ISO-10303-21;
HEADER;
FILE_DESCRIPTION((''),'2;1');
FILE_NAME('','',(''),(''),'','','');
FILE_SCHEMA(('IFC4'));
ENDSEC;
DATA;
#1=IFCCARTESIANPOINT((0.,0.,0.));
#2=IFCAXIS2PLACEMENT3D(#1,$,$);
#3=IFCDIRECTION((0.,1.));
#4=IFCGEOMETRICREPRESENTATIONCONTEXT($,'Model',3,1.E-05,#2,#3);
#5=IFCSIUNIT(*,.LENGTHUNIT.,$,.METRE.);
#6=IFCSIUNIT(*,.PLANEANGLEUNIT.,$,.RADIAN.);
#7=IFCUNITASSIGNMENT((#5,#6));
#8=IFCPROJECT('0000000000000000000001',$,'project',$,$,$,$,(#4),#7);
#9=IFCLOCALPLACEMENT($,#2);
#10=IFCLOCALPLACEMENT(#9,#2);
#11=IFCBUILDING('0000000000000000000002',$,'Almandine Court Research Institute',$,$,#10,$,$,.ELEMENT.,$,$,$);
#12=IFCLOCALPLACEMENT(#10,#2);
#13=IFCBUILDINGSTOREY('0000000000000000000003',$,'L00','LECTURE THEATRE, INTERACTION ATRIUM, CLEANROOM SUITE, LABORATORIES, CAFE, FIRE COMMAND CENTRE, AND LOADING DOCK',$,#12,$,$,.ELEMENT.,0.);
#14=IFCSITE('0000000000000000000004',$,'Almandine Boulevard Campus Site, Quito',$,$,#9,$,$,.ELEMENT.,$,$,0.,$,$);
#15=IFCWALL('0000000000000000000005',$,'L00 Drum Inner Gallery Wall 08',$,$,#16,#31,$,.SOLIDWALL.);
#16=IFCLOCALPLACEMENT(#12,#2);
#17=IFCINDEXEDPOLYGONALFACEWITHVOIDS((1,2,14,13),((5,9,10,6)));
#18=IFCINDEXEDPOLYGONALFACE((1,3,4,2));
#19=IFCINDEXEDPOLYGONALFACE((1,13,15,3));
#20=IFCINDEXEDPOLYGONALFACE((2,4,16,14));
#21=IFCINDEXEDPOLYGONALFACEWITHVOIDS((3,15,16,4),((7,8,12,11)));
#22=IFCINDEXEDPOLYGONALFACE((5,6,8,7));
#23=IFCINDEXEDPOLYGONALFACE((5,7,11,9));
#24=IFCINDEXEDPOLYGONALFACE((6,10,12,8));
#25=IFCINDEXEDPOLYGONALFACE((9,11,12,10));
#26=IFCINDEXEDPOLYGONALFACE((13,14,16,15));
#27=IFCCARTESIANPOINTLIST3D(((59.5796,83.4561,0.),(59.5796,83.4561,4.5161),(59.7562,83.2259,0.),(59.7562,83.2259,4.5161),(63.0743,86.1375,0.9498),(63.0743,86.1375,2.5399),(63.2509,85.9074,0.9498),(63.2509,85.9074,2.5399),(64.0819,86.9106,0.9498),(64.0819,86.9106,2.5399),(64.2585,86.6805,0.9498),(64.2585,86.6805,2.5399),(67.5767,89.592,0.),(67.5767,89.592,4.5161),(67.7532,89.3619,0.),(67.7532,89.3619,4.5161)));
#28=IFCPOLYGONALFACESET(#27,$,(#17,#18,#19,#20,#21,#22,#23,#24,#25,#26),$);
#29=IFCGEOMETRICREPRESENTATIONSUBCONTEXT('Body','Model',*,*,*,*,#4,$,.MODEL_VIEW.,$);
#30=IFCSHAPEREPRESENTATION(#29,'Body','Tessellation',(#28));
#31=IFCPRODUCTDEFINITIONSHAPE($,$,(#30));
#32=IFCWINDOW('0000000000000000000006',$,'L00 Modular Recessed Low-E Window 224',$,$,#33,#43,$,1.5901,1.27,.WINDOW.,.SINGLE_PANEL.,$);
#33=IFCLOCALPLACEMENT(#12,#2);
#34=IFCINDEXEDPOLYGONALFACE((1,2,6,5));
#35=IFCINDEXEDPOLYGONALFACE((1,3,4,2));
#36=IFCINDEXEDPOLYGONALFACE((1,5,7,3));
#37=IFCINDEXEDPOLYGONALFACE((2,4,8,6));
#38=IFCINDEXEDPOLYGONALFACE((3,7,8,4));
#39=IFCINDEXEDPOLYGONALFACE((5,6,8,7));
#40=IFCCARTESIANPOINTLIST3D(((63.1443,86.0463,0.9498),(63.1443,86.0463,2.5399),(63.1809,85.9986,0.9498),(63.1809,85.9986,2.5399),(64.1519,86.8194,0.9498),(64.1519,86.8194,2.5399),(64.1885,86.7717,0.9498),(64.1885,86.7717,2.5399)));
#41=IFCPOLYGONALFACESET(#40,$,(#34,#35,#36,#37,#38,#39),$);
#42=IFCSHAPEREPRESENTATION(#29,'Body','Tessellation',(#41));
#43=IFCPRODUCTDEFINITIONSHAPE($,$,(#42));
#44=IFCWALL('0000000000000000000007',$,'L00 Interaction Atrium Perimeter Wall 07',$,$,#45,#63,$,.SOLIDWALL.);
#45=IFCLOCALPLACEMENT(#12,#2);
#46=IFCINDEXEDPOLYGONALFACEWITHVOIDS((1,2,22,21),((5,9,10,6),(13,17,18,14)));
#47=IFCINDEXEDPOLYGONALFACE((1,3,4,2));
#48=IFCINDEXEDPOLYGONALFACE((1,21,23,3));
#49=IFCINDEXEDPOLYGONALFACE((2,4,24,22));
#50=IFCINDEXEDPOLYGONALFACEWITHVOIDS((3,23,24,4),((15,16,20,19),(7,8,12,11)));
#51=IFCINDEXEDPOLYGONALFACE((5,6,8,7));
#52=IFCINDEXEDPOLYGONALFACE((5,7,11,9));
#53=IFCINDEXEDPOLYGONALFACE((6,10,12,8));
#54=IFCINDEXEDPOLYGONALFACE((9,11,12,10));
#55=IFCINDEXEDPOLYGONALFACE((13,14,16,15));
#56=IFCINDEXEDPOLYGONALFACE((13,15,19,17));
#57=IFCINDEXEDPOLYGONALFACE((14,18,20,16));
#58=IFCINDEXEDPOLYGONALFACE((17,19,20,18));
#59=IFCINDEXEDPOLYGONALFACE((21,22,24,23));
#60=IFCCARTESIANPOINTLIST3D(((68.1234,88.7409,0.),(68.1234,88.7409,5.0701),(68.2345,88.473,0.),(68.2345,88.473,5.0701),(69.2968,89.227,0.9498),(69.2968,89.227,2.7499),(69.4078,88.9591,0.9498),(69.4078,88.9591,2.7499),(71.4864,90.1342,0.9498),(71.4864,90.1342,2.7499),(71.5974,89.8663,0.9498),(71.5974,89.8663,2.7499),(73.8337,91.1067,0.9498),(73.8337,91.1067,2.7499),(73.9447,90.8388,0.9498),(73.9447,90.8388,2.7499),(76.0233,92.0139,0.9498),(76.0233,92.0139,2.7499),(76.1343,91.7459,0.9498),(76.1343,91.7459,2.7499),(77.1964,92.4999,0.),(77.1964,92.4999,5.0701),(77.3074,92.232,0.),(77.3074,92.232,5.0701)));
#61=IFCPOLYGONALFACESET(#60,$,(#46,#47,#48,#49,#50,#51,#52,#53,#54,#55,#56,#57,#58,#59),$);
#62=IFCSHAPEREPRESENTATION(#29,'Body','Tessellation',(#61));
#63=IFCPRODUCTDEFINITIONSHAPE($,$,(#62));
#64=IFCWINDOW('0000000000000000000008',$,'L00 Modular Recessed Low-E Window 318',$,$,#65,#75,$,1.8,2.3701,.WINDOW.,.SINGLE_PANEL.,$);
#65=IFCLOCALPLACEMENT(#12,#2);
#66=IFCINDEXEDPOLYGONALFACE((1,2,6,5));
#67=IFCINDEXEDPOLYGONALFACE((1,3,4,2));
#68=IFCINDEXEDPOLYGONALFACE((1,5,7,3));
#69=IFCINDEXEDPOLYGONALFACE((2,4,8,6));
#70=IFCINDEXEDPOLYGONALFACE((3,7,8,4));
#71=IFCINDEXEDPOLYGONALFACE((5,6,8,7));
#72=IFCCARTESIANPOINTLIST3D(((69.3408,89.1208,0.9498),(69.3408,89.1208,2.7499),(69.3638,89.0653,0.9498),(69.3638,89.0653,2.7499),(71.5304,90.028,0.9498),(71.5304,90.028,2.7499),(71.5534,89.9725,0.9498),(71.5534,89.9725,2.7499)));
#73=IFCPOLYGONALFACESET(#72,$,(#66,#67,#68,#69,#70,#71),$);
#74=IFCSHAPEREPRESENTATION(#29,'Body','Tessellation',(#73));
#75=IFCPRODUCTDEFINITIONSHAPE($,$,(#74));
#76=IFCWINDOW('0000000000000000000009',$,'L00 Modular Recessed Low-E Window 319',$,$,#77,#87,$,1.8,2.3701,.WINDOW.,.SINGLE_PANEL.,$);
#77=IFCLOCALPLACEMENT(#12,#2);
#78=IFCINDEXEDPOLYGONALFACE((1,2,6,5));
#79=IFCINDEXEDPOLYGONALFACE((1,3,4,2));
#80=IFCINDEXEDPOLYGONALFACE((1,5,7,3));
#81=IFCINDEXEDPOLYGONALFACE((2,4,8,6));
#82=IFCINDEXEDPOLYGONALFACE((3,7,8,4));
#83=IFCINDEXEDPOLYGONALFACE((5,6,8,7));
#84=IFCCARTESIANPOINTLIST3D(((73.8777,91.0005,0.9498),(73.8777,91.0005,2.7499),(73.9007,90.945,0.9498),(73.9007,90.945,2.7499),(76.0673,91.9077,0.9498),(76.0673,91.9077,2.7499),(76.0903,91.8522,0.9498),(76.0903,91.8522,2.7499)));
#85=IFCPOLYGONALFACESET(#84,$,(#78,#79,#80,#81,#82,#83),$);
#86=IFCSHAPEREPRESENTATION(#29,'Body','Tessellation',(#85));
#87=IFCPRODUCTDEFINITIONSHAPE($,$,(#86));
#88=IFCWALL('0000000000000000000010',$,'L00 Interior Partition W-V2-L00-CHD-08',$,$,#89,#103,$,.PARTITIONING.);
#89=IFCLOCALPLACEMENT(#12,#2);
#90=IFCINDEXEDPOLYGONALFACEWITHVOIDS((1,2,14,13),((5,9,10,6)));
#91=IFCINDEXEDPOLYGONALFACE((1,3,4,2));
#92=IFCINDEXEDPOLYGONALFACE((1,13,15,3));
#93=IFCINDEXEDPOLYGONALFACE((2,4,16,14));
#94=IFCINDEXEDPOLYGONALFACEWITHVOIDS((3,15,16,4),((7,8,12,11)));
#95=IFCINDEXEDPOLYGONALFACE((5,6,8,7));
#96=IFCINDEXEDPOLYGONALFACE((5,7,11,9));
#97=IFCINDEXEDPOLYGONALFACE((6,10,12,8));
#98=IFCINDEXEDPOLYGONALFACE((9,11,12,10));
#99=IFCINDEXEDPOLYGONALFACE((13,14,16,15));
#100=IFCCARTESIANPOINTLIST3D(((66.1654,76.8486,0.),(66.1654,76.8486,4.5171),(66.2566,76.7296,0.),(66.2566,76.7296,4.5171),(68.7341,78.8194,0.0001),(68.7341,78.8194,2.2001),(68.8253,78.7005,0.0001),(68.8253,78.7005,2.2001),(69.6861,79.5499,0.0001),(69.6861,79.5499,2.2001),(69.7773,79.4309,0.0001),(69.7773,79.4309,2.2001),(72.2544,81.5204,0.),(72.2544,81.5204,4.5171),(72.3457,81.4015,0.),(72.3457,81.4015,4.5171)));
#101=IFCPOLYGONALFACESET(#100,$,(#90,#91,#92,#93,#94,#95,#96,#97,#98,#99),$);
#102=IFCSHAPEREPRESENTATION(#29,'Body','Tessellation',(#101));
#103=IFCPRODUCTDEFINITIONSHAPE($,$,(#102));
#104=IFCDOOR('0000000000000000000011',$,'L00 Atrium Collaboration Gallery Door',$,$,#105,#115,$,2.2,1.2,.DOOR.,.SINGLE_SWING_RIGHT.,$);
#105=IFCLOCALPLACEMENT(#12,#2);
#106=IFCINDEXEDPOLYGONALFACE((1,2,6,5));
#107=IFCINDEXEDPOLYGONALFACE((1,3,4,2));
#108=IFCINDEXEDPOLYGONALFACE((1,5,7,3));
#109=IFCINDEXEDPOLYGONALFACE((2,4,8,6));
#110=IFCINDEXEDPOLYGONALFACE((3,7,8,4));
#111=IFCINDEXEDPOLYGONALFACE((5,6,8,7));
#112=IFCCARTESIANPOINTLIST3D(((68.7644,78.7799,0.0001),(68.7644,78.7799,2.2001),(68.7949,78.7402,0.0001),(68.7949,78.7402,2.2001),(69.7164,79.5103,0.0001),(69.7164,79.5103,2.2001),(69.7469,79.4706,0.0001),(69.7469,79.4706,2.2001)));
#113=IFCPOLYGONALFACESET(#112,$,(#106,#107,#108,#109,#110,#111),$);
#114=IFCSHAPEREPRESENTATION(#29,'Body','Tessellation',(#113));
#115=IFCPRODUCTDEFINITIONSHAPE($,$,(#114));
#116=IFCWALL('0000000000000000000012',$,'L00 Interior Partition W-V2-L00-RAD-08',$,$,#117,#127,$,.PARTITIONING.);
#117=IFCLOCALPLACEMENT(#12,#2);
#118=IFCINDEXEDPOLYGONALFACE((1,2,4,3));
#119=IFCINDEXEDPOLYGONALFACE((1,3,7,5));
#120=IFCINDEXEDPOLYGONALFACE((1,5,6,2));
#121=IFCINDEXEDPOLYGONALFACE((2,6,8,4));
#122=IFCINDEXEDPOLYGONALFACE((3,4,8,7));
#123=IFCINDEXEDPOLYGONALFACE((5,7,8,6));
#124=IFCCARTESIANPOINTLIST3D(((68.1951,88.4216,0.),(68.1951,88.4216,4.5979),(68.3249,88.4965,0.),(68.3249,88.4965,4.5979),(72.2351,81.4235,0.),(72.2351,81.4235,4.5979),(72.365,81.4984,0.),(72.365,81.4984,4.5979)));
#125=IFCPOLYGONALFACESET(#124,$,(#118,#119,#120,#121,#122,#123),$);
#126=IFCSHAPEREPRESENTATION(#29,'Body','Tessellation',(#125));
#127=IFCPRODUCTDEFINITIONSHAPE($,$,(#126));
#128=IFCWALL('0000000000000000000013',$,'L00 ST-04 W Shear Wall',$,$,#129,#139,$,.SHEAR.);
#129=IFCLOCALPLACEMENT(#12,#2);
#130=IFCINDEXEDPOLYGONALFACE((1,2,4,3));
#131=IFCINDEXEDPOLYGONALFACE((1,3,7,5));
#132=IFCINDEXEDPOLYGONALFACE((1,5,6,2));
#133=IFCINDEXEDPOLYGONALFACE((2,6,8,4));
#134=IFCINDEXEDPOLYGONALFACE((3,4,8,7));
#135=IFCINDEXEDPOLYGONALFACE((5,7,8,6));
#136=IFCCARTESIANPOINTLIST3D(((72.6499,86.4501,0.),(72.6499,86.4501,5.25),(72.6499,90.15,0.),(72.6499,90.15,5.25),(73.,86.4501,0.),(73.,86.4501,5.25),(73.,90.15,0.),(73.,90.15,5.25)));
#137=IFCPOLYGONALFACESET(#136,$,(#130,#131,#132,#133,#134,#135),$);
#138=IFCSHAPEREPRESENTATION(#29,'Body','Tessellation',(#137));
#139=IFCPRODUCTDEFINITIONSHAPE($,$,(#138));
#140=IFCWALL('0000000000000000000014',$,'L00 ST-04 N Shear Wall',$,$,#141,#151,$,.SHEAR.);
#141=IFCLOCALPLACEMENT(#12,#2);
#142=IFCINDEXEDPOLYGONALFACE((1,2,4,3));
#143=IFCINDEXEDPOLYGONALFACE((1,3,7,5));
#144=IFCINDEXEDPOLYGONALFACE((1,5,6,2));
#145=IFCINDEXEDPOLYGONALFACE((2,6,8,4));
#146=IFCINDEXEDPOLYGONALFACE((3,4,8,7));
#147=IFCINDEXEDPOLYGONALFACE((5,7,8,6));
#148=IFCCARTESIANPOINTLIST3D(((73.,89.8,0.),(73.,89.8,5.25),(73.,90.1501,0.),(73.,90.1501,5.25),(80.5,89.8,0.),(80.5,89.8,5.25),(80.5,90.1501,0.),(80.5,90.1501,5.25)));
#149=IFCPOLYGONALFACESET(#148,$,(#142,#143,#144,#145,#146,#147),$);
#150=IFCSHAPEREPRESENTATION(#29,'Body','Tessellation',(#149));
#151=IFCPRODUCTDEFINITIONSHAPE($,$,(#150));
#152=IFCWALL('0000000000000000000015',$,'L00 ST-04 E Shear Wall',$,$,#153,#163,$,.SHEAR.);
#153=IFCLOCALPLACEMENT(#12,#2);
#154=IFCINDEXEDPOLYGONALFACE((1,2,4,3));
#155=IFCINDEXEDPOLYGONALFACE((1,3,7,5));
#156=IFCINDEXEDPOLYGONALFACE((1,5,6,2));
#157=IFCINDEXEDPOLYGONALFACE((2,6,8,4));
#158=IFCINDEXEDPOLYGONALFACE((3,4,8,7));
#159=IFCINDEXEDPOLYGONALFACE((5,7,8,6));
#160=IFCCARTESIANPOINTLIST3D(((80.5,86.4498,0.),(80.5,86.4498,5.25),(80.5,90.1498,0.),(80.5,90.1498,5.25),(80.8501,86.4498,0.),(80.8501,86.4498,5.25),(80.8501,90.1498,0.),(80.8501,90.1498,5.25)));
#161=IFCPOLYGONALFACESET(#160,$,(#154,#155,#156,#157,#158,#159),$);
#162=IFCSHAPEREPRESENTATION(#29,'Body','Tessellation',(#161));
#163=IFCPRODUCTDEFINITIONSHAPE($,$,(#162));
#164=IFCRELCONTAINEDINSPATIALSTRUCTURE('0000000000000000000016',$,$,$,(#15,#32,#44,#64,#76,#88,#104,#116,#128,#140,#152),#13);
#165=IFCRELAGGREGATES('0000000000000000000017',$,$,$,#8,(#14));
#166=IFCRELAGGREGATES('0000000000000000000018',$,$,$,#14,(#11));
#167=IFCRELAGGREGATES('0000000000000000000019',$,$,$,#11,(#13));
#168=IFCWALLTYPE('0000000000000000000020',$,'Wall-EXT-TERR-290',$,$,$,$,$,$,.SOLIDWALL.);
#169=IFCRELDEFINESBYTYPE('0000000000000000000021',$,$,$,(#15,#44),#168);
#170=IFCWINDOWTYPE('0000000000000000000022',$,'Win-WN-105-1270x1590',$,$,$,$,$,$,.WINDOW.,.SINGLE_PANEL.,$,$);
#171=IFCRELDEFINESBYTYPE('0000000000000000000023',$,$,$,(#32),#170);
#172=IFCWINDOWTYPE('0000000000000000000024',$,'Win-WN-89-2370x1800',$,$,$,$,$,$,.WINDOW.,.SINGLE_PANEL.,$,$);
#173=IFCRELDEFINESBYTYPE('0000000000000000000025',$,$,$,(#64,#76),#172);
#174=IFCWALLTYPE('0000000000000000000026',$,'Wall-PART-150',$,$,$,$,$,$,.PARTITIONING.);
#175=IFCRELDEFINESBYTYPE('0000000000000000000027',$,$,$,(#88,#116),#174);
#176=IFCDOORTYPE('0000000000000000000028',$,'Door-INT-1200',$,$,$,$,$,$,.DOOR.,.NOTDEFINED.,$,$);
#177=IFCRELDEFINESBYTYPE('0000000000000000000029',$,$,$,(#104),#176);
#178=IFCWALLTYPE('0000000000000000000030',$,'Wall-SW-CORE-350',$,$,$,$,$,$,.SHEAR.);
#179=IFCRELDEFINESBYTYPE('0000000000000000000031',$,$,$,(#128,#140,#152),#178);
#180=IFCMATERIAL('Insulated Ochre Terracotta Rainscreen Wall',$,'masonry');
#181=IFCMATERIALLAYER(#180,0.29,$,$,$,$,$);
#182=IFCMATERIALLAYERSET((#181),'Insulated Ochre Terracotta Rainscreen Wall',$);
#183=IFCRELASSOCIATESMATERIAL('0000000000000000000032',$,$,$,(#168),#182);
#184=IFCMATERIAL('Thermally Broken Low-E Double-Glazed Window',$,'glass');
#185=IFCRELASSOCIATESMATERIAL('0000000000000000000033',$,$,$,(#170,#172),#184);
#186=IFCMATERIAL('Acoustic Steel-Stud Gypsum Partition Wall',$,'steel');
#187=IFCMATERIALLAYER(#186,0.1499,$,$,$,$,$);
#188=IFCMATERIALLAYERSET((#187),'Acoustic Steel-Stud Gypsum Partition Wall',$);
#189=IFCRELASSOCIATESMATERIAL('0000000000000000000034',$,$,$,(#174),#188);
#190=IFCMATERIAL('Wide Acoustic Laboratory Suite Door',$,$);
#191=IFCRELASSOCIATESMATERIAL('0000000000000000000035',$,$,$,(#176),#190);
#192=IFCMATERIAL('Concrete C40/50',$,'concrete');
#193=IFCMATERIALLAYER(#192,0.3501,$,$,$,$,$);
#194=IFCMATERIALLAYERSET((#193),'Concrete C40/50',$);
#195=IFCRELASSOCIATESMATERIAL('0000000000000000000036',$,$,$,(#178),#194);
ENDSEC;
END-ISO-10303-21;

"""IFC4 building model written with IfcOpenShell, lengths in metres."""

from ifc_helpers import new_model, si_unit, direction, frame, frame_2d, origin, place, context, subcontext, project, spatial, rectangle, extrude, material, layer, layer_set, type_object, element, fill, save


model = new_model("IFC4")

# Units and contexts
model_context = context("Model", 3, precision=1e-05, world=origin(), true_north=direction((0.0, 1.0)))
body_context = subcontext(model_context, "Body", "Model", "MODEL_VIEW")
ifc_project = project(units=[si_unit("LENGTHUNIT", "METRE"), si_unit("PLANEANGLEUNIT", "RADIAN")], contexts=[model_context])

# Site, building, storey
site_placement = place(None, origin())
site = spatial("IfcSite", under=ifc_project, at=site_placement, Name="Almandine Boulevard Campus Site, Quito", CompositionType="ELEMENT", RefElevation=0.0)
building_placement = place(site_placement, origin())
building = spatial("IfcBuilding", under=site, at=building_placement, Name="Almandine Court Research Institute", CompositionType="ELEMENT")
storey_placement = place(building_placement, origin())
storey = spatial("IfcBuildingStorey", under=building, at=storey_placement, Name="L00", Description="LECTURE THEATRE, INTERACTION ATRIUM, CLEANROOM SUITE, LABORATORIES, CAFE, FIRE COMMAND CENTRE, AND LOADING DOCK", CompositionType="ELEMENT", Elevation=0.0)

# Wall, opening, window
ifc_material_1 = material(Name="Insulated Ochre Terracotta Rainscreen Wall", Category="masonry")
ifc_layer_1 = layer(ifc_material_1, 0.29)
ifc_layer_set_1 = layer_set([ifc_layer_1], Name="Insulated Ochre Terracotta Rainscreen Wall")
wall_type_1 = type_object("IfcWallType", Name="Wall-EXT-TERR-290", PredefinedType="SOLIDWALL", material=ifc_layer_set_1)
wall_1_placement = place(storey_placement, frame((67.665, 89.4771, 0.0), z_axis=(0.0, 0.0, 1.0), x_axis=(-0.793372, -0.608738, 0.0)))
wall_1 = element("IfcWall", 1, at=wall_1_placement, inside=storey, type_object=wall_type_1, Name="L00 Drum Inner Gallery Wall 08", PredefinedType="SOLIDWALL", context=body_context, shape_type="SweptSolid", body=[
    extrude(rectangle(XDim=10.0798, YDim=0.29, at=frame_2d((5.04, 0.0))), origin(), (0.0, 0.0, 1.0), 4.5161),
])
opening_1_placement = place(wall_1_placement, frame((4.405, 0.0, 0.95)))
opening_1 = element("IfcOpeningElement", 2, at=opening_1_placement, cuts=wall_1, PredefinedType="OPENING", context=body_context, shape_type="SweptSolid", body=[
    extrude(rectangle(XDim=1.27, YDim=1.5901, at=frame_2d((0.635, 0.7949))), frame((0.0, 0.155, 0.0), z_axis=(0.0, -1.0, 0.0), x_axis=(1.0, 0.0, 0.0)), (0.0, 0.0, 1.0), 0.3101),
])
ifc_material_2 = material(Name="Thermally Broken Low-E Double-Glazed Window", Category="glass")
window_type_1 = type_object("IfcWindowType", Name="Win-WN-105-1270x1590", PartitioningType="SINGLE_PANEL", PredefinedType="WINDOW", material=ifc_material_2)
window_1_placement = place(opening_1_placement, origin())
window_1 = element("IfcWindow", 3, at=window_1_placement, inside=storey, type_object=window_type_1, Name="L00 Modular Recessed Low-E Window 224", OverallHeight=1.5901, OverallWidth=1.27, PartitioningType="SINGLE_PANEL", PredefinedType="WINDOW", context=body_context, shape_type="SweptSolid", body=[
    extrude(rectangle(XDim=1.27, YDim=1.5901, at=frame_2d((0.635, 0.7949))), frame((0.0, 0.03, 0.0), z_axis=(0.0, -1.0, 0.0), x_axis=(1.0, 0.0, 0.0)), (0.0, 0.0, 1.0), 0.0601),
])
fill(opening_1, window_1)

# Wall, openings, windows
wall_2_placement = place(storey_placement, frame((68.179, 88.6069, 0.0), z_axis=(0.0, 0.0, 1.0), x_axis=(0.923848, 0.382759, 0.0)))
wall_2 = element("IfcWall", 4, at=wall_2_placement, inside=storey, type_object=wall_type_1, Name="L00 Interaction Atrium Perimeter Wall 07", PredefinedType="SOLIDWALL", context=body_context, shape_type="SweptSolid", body=[
    extrude(rectangle(XDim=9.8208, YDim=0.29, at=frame_2d((4.9104, 0.0))), origin(), (0.0, 0.0, 1.0), 5.0701),
])
opening_2_placement = place(wall_2_placement, frame((1.27, 0.0, 0.95)))
opening_2 = element("IfcOpeningElement", 5, at=opening_2_placement, cuts=wall_2, PredefinedType="OPENING", context=body_context, shape_type="SweptSolid", body=[
    extrude(rectangle(XDim=2.3701, YDim=1.8, at=frame_2d((1.1851, 0.8999))), frame((0.0, 0.155, 0.0), z_axis=(0.0, -1.0, 0.0), x_axis=(1.0, 0.0, 0.0)), (0.0, 0.0, 1.0), 0.3101),
])
opening_3_placement = place(wall_2_placement, frame((6.1809, 0.0, 0.95)))
opening_3 = element("IfcOpeningElement", 6, at=opening_3_placement, cuts=wall_2, PredefinedType="OPENING", context=body_context, shape_type="SweptSolid", body=[
    extrude(rectangle(XDim=2.3701, YDim=1.8, at=frame_2d((1.1851, 0.8999))), frame((0.0, 0.155, 0.0), z_axis=(0.0, -1.0, 0.0), x_axis=(1.0, 0.0, 0.0)), (0.0, 0.0, 1.0), 0.3101),
])
window_type_2 = type_object("IfcWindowType", Name="Win-WN-89-2370x1800", PartitioningType="SINGLE_PANEL", PredefinedType="WINDOW", material=ifc_material_2)
window_2_placement = place(opening_2_placement, origin())
window_2 = element("IfcWindow", 7, at=window_2_placement, inside=storey, type_object=window_type_2, Name="L00 Modular Recessed Low-E Window 318", OverallHeight=1.8, OverallWidth=2.3701, PartitioningType="SINGLE_PANEL", PredefinedType="WINDOW", context=body_context, shape_type="SweptSolid", body=[
    extrude(rectangle(XDim=2.3701, YDim=1.8, at=frame_2d((1.1851, 0.8999))), frame((0.0, 0.03, 0.0), z_axis=(0.0, -1.0, 0.0), x_axis=(1.0, 0.0, 0.0)), (0.0, 0.0, 1.0), 0.0601),
])
fill(opening_2, window_2)
window_3_placement = place(opening_3_placement, origin())
window_3 = element("IfcWindow", 8, at=window_3_placement, inside=storey, type_object=window_type_2, Name="L00 Modular Recessed Low-E Window 319", OverallHeight=1.8, OverallWidth=2.3701, PartitioningType="SINGLE_PANEL", PredefinedType="WINDOW", context=body_context, shape_type="SweptSolid", body=[
    extrude(rectangle(XDim=2.3701, YDim=1.8, at=frame_2d((1.1851, 0.8999))), frame((0.0, 0.03, 0.0), z_axis=(0.0, -1.0, 0.0), x_axis=(1.0, 0.0, 0.0)), (0.0, 0.0, 1.0), 0.0601),
])
fill(opening_3, window_3)

# Wall, opening, door
ifc_material_3 = material(Name="Acoustic Steel-Stud Gypsum Partition Wall", Category="steel")
ifc_layer_2 = layer(ifc_material_3, 0.1499)
ifc_layer_set_2 = layer_set([ifc_layer_2], Name="Acoustic Steel-Stud Gypsum Partition Wall")
wall_type_2 = type_object("IfcWallType", Name="Wall-PART-150", PredefinedType="PARTITIONING", material=ifc_layer_set_2)
wall_3_placement = place(storey_placement, frame((72.3, 81.4609, 0.0), z_axis=(0.0, 0.0, 1.0), x_axis=(-0.793383, -0.608723, 0.0)))
wall_3 = element("IfcWall", 9, at=wall_3_placement, inside=storey, type_object=wall_type_2, Name="L00 Interior Partition W-V2-L00-CHD-08", PredefinedType="PARTITIONING", context=body_context, shape_type="SweptSolid", body=[
    extrude(rectangle(XDim=7.6748, YDim=0.1499, at=frame_2d((3.8374, 0.0))), origin(), (0.0, 0.0, 1.0), 4.5171),
])
opening_4_placement = place(wall_3_placement, frame((3.2371, 0.0, 0.0)))
opening_4 = element("IfcOpeningElement", 10, at=opening_4_placement, cuts=wall_3, PredefinedType="OPENING", context=body_context, shape_type="SweptSolid", body=[
    extrude(rectangle(XDim=1.2, YDim=2.2, at=frame_2d((0.6001, 1.1001))), frame((0.0, 0.085, 0.0), z_axis=(0.0, -1.0, 0.0), x_axis=(1.0, 0.0, 0.0)), (0.0, 0.0, 1.0), 0.1699),
])
ifc_material_4 = material(Name="Wide Acoustic Laboratory Suite Door")
door_type_1 = type_object("IfcDoorType", Name="Door-INT-1200", OperationType="NOTDEFINED", PredefinedType="DOOR", material=ifc_material_4)
door_1_placement = place(opening_4_placement, origin())
door_1 = element("IfcDoor", 11, at=door_1_placement, inside=storey, type_object=door_type_1, Name="L00 Atrium Collaboration Gallery Door", OperationType="SINGLE_SWING_RIGHT", OverallHeight=2.2, OverallWidth=1.2, PredefinedType="DOOR", context=body_context, shape_type="SweptSolid", body=[
    extrude(rectangle(XDim=1.2, YDim=2.2, at=frame_2d((0.6001, 1.1001))), frame((0.0, 0.0249, 0.0), z_axis=(0.0, -1.0, 0.0), x_axis=(1.0, 0.0, 0.0)), (0.0, 0.0, 1.0), 0.05),
])
fill(opening_4, door_1)

# Walls
wall_4_placement = place(storey_placement, frame((72.3, 81.4609, 0.0), z_axis=(0.0, 0.0, 1.0), x_axis=(-0.499974, 0.866041, 0.0)))
element("IfcWall", 12, at=wall_4_placement, inside=storey, type_object=wall_type_2, Name="L00 Interior Partition W-V2-L00-RAD-08", PredefinedType="PARTITIONING", context=body_context, shape_type="SweptSolid", body=[
    extrude(rectangle(XDim=8.0806, YDim=0.1499, at=frame_2d((4.0403, 0.0))), origin(), (0.0, 0.0, 1.0), 4.5979),
])
ifc_material_5 = material(Name="Concrete C40/50", Category="concrete")
ifc_layer_3 = layer(ifc_material_5, 0.3501)
ifc_layer_set_3 = layer_set([ifc_layer_3], Name="Concrete C40/50")
wall_type_3 = type_object("IfcWallType", Name="Wall-SW-CORE-350", PredefinedType="SHEAR", material=ifc_layer_set_3)
wall_5_placement = place(storey_placement, frame((72.825, 86.45, 0.0), z_axis=(0.0, 0.0, 1.0), x_axis=(0.0, 1.0, 0.0)))
element("IfcWall", 13, at=wall_5_placement, inside=storey, type_object=wall_type_3, Name="L00 ST-04 W Shear Wall", PredefinedType="SHEAR", context=body_context, shape_type="SweptSolid", body=[
    extrude(rectangle(XDim=3.7, YDim=0.3501, at=frame_2d((1.8501, 0.0))), origin(), (0.0, 0.0, 1.0), 5.25),
])
wall_6_placement = place(storey_placement, frame((73.0, 89.9751, 0.0), z_axis=(0.0, 0.0, 1.0), x_axis=(1.0, 0.0, 0.0)))
element("IfcWall", 14, at=wall_6_placement, inside=storey, type_object=wall_type_3, Name="L00 ST-04 N Shear Wall", PredefinedType="SHEAR", context=body_context, shape_type="SweptSolid", body=[
    extrude(rectangle(XDim=7.5, YDim=0.3501, at=frame_2d((3.75, 0.0))), origin(), (0.0, 0.0, 1.0), 5.25),
])
wall_7_placement = place(storey_placement, frame((80.675, 90.1499, 0.0), z_axis=(0.0, 0.0, 1.0), x_axis=(0.0, -1.0, 0.0)))
element("IfcWall", 15, at=wall_7_placement, inside=storey, type_object=wall_type_3, Name="L00 ST-04 E Shear Wall", PredefinedType="SHEAR", context=body_context, shape_type="SweptSolid", body=[
    extrude(rectangle(XDim=3.7, YDim=0.3501, at=frame_2d((1.8501, 0.0))), origin(), (0.0, 0.0, 1.0), 5.25),
])

save(model, "model.ifc")
